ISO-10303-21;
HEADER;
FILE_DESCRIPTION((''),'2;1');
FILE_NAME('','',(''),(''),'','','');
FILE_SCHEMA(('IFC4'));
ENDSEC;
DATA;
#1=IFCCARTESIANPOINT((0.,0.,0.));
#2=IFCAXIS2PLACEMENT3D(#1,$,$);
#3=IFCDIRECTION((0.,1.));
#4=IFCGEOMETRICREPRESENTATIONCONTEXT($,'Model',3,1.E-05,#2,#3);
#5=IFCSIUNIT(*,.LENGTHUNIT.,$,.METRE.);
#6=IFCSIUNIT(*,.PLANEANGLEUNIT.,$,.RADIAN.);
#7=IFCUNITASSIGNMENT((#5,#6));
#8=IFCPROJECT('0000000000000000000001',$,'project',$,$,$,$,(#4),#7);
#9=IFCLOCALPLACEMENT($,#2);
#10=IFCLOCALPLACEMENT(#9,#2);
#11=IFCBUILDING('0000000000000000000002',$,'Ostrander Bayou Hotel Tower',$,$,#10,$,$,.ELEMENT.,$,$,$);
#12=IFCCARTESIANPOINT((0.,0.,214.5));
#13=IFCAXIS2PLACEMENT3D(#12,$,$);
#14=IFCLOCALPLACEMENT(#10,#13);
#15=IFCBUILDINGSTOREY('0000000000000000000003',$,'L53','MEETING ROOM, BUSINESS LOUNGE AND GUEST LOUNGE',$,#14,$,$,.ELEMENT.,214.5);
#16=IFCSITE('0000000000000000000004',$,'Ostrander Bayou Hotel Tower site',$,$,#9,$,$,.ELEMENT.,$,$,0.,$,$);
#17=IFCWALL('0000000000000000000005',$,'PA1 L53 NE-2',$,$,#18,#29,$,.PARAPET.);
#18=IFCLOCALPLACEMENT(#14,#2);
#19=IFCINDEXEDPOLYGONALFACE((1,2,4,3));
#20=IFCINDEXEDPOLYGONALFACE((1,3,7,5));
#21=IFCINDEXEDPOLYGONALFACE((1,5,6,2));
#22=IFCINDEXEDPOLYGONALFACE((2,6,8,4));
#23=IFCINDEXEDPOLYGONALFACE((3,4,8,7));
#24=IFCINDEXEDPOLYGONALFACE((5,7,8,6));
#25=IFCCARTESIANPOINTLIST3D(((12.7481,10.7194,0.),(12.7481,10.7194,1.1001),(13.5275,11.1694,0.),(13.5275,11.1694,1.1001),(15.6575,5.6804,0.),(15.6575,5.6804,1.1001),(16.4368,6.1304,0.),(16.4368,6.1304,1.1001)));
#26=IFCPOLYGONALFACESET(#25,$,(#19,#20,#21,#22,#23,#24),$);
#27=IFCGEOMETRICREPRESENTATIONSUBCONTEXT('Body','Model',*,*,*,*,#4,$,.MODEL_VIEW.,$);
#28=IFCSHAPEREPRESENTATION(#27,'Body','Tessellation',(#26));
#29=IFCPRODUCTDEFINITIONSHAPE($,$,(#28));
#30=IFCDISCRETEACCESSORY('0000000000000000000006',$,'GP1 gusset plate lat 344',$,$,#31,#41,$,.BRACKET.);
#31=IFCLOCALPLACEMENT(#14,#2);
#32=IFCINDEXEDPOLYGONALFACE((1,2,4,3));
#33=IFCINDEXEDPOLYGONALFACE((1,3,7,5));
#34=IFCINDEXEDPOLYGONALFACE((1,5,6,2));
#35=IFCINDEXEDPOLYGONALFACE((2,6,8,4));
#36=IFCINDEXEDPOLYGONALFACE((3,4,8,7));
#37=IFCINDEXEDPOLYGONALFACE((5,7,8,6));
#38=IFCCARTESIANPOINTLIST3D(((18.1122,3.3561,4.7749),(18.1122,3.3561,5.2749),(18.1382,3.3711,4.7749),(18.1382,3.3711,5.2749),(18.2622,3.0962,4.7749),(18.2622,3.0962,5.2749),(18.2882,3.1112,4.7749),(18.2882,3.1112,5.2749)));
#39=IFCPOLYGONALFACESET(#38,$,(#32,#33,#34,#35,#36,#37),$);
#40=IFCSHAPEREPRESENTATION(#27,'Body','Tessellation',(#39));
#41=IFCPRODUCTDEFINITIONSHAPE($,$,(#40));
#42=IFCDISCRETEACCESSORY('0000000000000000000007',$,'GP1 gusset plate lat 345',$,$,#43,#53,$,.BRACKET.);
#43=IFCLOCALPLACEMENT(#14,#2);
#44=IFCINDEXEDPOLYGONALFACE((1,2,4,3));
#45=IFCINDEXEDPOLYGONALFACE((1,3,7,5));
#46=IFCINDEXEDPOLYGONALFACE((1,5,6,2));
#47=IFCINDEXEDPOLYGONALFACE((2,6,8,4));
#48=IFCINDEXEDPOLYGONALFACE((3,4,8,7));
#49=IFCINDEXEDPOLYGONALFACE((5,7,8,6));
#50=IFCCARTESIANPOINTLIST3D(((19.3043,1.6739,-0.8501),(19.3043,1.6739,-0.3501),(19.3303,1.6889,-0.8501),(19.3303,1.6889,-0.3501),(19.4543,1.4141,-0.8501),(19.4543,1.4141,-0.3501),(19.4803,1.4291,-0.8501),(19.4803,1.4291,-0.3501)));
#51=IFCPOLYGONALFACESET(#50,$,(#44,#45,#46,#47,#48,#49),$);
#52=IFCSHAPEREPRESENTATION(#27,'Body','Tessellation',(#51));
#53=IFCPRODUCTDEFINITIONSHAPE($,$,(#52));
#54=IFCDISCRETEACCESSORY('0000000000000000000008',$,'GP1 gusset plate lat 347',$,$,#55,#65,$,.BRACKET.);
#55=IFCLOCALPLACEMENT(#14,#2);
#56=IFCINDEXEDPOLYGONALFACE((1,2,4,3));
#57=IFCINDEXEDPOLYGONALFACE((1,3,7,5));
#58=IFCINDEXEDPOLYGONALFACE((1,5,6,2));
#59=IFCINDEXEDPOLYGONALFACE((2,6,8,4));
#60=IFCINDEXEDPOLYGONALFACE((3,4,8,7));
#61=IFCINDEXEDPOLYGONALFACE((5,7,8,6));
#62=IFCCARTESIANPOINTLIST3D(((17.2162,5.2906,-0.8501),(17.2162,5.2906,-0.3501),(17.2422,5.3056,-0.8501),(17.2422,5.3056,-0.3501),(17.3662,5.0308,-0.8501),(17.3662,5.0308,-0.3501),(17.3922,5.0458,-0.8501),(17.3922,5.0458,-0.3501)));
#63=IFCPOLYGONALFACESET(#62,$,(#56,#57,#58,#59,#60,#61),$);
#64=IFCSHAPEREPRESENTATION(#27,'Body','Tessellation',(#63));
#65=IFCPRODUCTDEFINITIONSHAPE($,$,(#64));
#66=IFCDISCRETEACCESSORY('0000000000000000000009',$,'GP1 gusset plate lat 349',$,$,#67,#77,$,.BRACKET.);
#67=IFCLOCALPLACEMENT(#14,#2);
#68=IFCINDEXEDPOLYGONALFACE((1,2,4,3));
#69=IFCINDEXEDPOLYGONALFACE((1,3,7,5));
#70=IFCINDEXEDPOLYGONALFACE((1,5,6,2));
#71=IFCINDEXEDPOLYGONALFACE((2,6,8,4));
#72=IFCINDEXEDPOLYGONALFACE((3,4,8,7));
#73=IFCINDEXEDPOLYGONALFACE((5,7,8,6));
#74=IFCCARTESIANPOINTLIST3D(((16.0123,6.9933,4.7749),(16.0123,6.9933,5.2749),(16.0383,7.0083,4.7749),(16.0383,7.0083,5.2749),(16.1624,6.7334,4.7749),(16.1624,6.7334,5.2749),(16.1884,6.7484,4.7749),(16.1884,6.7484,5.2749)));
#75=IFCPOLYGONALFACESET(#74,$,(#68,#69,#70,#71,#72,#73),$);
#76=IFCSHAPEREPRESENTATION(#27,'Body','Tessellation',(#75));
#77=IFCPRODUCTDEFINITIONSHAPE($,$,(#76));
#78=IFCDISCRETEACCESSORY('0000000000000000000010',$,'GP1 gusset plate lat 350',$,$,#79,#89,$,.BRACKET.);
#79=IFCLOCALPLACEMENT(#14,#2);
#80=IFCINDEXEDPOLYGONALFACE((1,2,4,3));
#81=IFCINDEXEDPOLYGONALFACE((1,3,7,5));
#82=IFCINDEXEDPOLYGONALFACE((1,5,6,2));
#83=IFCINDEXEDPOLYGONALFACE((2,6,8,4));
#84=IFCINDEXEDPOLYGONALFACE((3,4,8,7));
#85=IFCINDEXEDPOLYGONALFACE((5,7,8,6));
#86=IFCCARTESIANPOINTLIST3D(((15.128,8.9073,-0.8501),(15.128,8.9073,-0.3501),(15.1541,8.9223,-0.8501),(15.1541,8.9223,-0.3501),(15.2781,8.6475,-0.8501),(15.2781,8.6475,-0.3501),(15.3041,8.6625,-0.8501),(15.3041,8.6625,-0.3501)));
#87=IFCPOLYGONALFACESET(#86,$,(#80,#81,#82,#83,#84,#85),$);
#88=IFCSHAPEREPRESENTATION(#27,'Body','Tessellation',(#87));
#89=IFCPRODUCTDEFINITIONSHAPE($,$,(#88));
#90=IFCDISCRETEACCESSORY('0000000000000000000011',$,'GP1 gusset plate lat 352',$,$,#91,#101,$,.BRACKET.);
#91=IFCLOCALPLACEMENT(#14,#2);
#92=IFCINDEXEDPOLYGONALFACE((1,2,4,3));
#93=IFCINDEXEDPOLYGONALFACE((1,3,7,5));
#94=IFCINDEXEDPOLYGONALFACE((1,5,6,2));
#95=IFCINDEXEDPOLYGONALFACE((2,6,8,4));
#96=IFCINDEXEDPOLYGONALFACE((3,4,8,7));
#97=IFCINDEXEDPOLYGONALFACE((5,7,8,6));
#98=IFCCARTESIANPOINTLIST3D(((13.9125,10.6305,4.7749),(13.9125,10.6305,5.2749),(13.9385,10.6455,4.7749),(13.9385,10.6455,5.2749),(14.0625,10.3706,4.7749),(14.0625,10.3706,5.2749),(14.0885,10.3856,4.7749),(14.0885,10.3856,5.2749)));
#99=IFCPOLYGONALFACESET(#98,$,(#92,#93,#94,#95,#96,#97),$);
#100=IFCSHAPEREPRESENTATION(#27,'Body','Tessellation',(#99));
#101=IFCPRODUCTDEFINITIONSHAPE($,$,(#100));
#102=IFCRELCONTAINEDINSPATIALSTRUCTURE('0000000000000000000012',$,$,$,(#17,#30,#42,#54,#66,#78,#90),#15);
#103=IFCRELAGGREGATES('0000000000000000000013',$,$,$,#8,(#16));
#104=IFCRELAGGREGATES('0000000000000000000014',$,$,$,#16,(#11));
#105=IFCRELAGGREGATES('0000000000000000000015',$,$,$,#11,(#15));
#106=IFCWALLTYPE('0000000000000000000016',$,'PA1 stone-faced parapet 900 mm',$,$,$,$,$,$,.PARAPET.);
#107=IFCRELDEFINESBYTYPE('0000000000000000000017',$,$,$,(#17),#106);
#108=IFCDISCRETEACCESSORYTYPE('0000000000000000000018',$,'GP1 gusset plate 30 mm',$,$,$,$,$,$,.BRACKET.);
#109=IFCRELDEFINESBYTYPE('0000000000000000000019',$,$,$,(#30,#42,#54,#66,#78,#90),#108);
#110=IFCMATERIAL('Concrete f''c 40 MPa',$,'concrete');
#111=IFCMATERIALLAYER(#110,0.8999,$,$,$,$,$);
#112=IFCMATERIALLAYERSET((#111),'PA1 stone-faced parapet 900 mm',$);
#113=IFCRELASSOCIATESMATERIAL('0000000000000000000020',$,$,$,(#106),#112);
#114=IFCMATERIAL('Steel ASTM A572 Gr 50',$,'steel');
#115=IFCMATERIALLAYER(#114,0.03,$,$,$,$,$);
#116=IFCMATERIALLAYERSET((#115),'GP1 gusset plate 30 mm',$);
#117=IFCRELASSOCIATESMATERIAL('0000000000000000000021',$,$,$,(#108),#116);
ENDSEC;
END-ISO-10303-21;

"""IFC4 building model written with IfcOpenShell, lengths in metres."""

from ifc_helpers import new_model, si_unit, direction, frame, frame_2d, origin, origin_2d, place, context, subcontext, project, spatial, rectangle, extrude, material, layer, layer_set, type_object, element, save


model = new_model("IFC4")

# Units and contexts
model_context = context("Model", 3, precision=1e-05, world=origin(), true_north=direction((0.0, 1.0)))
body_context = subcontext(model_context, "Body", "Model", "MODEL_VIEW")
ifc_project = project(units=[si_unit("LENGTHUNIT", "METRE"), si_unit("PLANEANGLEUNIT", "RADIAN")], contexts=[model_context])

# Site, building, storey
site_placement = place(None, origin())
site = spatial("IfcSite", under=ifc_project, at=site_placement, Name="Ostrander Bayou Hotel Tower site", CompositionType="ELEMENT", RefElevation=0.0)
building_placement = place(site_placement, origin())
building = spatial("IfcBuilding", under=site, at=building_placement, Name="Ostrander Bayou Hotel Tower", CompositionType="ELEMENT")
storey_placement = place(building_placement, frame((0.0, 0.0, 214.5)))
storey = spatial("IfcBuildingStorey", under=building, at=storey_placement, Name="L53", Description="MEETING ROOM, BUSINESS LOUNGE AND GUEST LOUNGE", CompositionType="ELEMENT", Elevation=214.5)

# Wall
ifc_material_1 = material(Name="Concrete f'c 40 MPa", Category="concrete")
ifc_layer_1 = layer(ifc_material_1, 0.8999)
ifc_layer_set_1 = layer_set([ifc_layer_1], Name="PA1 stone-faced parapet 900 mm")
wall_type_1 = type_object("IfcWallType", Name="PA1 stone-faced parapet 900 mm", PredefinedType="PARAPET", material=ifc_layer_set_1)
wall_1_placement = place(storey_placement, frame((16.0471, 5.9055, 0.0), z_axis=(0.0, 0.0, 1.0), x_axis=(-0.500015, 0.866016, 0.0)))
element("IfcWall", 1, at=wall_1_placement, inside=storey, type_object=wall_type_1, Name="PA1 L53 NE-2", PredefinedType="PARAPET", context=body_context, shape_type="SweptSolid", body=[
    extrude(rectangle(XDim=5.8186, YDim=0.8999, at=frame_2d((2.9092, 0.0))), origin(), (0.0, 0.0, 1.0), 1.1001),
])

# Discrete accessories
ifc_material_2 = material(Name="Steel ASTM A572 Gr 50", Category="steel")
ifc_layer_2 = layer(ifc_material_2, 0.03)
ifc_layer_set_2 = layer_set([ifc_layer_2], Name="GP1 gusset plate 30 mm")
discrete_accessory_type = type_object("IfcDiscreteAccessoryType", Name="GP1 gusset plate 30 mm", PredefinedType="BRACKET", material=ifc_layer_set_2)
for number, where, z_axis, x_axis, name in (
    (2, (18.2002, 3.2336, 4.7749), (0.0, 0.0, 1.0), (-0.5, 0.866025, 0.0), "GP1 gusset plate lat 344"),
    (3, (19.3923, 1.5515, -0.8501), (0.0, 0.0, 1.0), (-0.5, 0.866025, 0.0), "GP1 gusset plate lat 345"),
    (4, (17.3042, 5.1682, -0.8501), (0.0, 0.0, 1.0), (-0.5, 0.866025, 0.0), "GP1 gusset plate lat 347"),
    (5, (16.1003, 6.8708, 4.7749), (0.0, 0.0, 1.0), (-0.5, 0.866025, 0.0), "GP1 gusset plate lat 349"),
    (6, (15.2161, 8.7849, -0.8501), (0.0, 0.0, 1.0), (-0.5, 0.866025, 0.0), "GP1 gusset plate lat 350"),
    (7, (14.0005, 10.5081, 4.7749), (0.0, 0.0, 1.0), (-0.5, 0.866025, 0.0), "GP1 gusset plate lat 352"),
):
    element("IfcDiscreteAccessory", number, at=place(storey_placement, frame(where, z_axis=z_axis, x_axis=x_axis)), inside=storey, type_object=discrete_accessory_type, Name=name, PredefinedType="BRACKET", context=body_context, shape_type="SweptSolid", body=[
        extrude(rectangle(XDim=0.3, YDim=0.03, at=origin_2d()), origin(), (0.0, 0.0, 1.0), 0.5),
    ])

save(model, "model.ifc")
